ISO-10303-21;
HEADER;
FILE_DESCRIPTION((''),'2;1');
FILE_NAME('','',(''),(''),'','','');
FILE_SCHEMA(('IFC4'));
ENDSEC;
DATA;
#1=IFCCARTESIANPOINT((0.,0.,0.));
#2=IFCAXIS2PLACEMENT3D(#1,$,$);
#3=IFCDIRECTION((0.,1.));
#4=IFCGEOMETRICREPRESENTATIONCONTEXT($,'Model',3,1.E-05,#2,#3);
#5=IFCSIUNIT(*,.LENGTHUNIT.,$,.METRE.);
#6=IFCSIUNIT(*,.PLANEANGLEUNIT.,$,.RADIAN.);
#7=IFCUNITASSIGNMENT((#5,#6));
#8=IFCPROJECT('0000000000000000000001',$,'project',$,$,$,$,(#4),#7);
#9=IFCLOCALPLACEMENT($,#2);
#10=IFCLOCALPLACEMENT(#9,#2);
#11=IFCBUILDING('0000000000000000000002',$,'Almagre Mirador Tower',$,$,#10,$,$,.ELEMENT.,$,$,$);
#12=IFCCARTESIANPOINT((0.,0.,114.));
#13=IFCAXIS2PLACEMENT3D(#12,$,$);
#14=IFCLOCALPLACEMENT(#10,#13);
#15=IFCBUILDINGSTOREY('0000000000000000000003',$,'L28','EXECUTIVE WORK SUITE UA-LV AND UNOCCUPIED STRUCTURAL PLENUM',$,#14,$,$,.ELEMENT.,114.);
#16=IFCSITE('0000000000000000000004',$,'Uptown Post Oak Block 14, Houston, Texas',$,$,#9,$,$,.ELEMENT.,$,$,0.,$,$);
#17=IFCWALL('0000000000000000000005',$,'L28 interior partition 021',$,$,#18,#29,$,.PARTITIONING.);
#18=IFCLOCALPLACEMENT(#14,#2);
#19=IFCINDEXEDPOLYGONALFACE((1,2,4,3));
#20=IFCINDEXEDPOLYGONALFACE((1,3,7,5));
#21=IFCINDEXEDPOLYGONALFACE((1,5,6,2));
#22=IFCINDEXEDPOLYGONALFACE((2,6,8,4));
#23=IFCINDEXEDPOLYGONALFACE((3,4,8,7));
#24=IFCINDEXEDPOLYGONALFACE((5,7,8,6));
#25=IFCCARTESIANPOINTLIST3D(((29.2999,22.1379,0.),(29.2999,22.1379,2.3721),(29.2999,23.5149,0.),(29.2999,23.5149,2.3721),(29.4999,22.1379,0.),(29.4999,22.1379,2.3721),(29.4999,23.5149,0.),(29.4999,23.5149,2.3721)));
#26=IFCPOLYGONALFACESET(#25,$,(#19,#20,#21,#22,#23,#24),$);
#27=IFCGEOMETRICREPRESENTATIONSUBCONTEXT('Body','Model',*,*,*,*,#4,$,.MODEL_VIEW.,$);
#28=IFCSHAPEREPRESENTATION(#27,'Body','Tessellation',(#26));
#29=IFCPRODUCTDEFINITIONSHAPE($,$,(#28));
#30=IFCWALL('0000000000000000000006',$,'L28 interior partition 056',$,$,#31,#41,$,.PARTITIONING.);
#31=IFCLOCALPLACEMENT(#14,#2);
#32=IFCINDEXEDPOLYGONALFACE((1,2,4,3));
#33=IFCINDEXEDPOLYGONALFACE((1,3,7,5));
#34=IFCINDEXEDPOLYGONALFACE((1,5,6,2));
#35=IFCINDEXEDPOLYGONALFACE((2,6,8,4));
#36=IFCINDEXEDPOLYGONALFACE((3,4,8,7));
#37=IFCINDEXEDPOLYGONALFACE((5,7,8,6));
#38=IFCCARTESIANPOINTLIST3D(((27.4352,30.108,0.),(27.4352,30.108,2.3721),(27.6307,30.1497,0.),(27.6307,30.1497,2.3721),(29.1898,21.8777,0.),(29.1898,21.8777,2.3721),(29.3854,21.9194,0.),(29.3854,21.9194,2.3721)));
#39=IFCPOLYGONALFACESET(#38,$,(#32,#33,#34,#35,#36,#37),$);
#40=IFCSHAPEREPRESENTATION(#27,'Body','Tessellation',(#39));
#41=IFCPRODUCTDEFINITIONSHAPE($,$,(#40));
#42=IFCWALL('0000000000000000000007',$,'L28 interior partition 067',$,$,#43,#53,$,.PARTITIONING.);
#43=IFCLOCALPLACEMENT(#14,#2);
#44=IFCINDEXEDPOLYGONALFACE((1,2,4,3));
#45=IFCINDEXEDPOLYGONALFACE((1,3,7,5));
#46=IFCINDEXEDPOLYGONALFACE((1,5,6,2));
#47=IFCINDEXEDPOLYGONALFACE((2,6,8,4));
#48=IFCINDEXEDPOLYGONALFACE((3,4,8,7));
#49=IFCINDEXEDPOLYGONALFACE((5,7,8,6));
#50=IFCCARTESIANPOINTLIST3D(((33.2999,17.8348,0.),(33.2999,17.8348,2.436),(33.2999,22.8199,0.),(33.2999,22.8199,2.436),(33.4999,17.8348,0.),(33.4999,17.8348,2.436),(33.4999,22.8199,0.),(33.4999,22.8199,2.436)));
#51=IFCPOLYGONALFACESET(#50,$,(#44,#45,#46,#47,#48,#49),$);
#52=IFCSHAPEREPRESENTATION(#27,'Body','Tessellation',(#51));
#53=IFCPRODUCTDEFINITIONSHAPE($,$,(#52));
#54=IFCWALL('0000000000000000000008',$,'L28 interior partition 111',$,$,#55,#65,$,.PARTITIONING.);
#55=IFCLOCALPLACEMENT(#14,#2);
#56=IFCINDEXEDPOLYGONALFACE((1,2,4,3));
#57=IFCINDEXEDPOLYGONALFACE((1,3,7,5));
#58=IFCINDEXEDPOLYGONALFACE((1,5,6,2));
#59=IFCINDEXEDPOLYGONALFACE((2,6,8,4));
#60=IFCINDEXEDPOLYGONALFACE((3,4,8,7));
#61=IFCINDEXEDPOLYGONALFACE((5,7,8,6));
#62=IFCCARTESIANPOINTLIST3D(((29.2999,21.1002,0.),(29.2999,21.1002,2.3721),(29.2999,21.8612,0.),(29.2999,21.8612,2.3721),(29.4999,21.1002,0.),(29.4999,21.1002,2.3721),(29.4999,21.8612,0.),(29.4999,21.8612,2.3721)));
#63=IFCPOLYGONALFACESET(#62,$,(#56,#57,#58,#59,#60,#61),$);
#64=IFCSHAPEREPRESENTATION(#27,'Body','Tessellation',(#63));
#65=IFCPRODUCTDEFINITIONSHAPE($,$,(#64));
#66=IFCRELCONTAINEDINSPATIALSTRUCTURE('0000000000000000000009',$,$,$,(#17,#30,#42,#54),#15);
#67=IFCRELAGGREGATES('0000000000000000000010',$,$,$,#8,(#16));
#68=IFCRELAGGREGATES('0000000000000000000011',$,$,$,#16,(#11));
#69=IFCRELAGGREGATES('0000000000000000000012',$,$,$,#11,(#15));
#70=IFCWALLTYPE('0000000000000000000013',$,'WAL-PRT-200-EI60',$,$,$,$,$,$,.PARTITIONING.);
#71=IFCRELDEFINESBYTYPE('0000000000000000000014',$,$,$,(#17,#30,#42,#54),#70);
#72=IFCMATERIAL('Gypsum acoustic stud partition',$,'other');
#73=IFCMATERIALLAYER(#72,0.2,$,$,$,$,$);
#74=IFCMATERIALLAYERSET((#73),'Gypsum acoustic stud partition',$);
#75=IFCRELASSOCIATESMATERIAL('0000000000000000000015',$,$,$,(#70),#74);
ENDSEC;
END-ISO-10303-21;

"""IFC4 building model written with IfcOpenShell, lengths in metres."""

from ifc_helpers import new_model, si_unit, direction, frame, frame_2d, origin, place, context, subcontext, project, spatial, rectangle, extrude, material, layer, layer_set, type_object, element, save


model = new_model("IFC4")

# Units and contexts
model_context = context("Model", 3, precision=1e-05, world=origin(), true_north=direction((0.0, 1.0)))
body_context = subcontext(model_context, "Body", "Model", "MODEL_VIEW")
ifc_project = project(units=[si_unit("LENGTHUNIT", "METRE"), si_unit("PLANEANGLEUNIT", "RADIAN")], contexts=[model_context])

# Site, building, storey
site_placement = place(None, origin())
site = spatial("IfcSite", under=ifc_project, at=site_placement, Name="Uptown Post Oak Block 14, Houston, Texas", CompositionType="ELEMENT", RefElevation=0.0)
building_placement = place(site_placement, origin())
building = spatial("IfcBuilding", under=site, at=building_placement, Name="Almagre Mirador Tower", CompositionType="ELEMENT")
storey_placement = place(building_placement, frame((0.0, 0.0, 114.0)))
storey = spatial("IfcBuildingStorey", under=building, at=storey_placement, Name="L28", Description="EXECUTIVE WORK SUITE UA-LV AND UNOCCUPIED STRUCTURAL PLENUM", CompositionType="ELEMENT", Elevation=114.0)

# Shared definitions
ifc_material_1 = material(Name="Gypsum acoustic stud partition", Category="other")
ifc_layer_1 = layer(ifc_material_1, 0.2)
ifc_layer_set_1 = layer_set([ifc_layer_1], Name="Gypsum acoustic stud partition")
wall_type_1 = type_object("IfcWallType", Name="WAL-PRT-200-EI60", PredefinedType="PARTITIONING", material=ifc_layer_set_1)

# Walls
wall_1_placement = place(storey_placement, frame((29.3999, 23.5149, 0.0), z_axis=(0.0, 0.0, 1.0), x_axis=(0.0, -1.0, 0.0)))
element("IfcWall", 1, at=wall_1_placement, inside=storey, type_object=wall_type_1, Name="L28 interior partition 021", PredefinedType="PARTITIONING", context=body_context, shape_type="SweptSolid", body=[
    extrude(rectangle(XDim=1.377, YDim=0.2, at=frame_2d((0.6885, 0.0))), origin(), (0.0, 0.0, 1.0), 2.3721),
])
wall_2_placement = place(storey_placement, frame((29.2876, 21.8987, 0.0), z_axis=(0.0, 0.0, 1.0), x_axis=(-0.208509, 0.978021, 0.0)))
element("IfcWall", 2, at=wall_2_placement, inside=storey, type_object=wall_type_1, Name="L28 interior partition 056", PredefinedType="PARTITIONING", context=body_context, shape_type="SweptSolid", body=[
    extrude(rectangle(XDim=8.4153, YDim=0.2, at=frame_2d((4.2075, 0.0))), origin(), (0.0, 0.0, 1.0), 2.3721),
])
wall_3_placement = place(storey_placement, frame((33.3999, 22.8201, 0.0), z_axis=(0.0, 0.0, 1.0), x_axis=(0.0, -1.0, 0.0)))
element("IfcWall", 3, at=wall_3_placement, inside=storey, type_object=wall_type_1, Name="L28 interior partition 067", PredefinedType="PARTITIONING", context=body_context, shape_type="SweptSolid", body=[
    extrude(rectangle(XDim=4.9851, YDim=0.2, at=frame_2d((2.4927, 0.0))), origin(), (0.0, 0.0, 1.0), 2.436),
])
wall_4_placement = place(storey_placement, frame((29.3999, 21.8611, 0.0), z_axis=(0.0, 0.0, 1.0), x_axis=(0.0, -1.0, 0.0)))
element("IfcWall", 4, at=wall_4_placement, inside=storey, type_object=wall_type_1, Name="L28 interior partition 111", PredefinedType="PARTITIONING", context=body_context, shape_type="SweptSolid", body=[
    extrude(rectangle(XDim=0.761, YDim=0.2, at=frame_2d((0.3804, 0.0))), origin(), (0.0, 0.0, 1.0), 2.3721),
])

save(model, "model.ifc")
